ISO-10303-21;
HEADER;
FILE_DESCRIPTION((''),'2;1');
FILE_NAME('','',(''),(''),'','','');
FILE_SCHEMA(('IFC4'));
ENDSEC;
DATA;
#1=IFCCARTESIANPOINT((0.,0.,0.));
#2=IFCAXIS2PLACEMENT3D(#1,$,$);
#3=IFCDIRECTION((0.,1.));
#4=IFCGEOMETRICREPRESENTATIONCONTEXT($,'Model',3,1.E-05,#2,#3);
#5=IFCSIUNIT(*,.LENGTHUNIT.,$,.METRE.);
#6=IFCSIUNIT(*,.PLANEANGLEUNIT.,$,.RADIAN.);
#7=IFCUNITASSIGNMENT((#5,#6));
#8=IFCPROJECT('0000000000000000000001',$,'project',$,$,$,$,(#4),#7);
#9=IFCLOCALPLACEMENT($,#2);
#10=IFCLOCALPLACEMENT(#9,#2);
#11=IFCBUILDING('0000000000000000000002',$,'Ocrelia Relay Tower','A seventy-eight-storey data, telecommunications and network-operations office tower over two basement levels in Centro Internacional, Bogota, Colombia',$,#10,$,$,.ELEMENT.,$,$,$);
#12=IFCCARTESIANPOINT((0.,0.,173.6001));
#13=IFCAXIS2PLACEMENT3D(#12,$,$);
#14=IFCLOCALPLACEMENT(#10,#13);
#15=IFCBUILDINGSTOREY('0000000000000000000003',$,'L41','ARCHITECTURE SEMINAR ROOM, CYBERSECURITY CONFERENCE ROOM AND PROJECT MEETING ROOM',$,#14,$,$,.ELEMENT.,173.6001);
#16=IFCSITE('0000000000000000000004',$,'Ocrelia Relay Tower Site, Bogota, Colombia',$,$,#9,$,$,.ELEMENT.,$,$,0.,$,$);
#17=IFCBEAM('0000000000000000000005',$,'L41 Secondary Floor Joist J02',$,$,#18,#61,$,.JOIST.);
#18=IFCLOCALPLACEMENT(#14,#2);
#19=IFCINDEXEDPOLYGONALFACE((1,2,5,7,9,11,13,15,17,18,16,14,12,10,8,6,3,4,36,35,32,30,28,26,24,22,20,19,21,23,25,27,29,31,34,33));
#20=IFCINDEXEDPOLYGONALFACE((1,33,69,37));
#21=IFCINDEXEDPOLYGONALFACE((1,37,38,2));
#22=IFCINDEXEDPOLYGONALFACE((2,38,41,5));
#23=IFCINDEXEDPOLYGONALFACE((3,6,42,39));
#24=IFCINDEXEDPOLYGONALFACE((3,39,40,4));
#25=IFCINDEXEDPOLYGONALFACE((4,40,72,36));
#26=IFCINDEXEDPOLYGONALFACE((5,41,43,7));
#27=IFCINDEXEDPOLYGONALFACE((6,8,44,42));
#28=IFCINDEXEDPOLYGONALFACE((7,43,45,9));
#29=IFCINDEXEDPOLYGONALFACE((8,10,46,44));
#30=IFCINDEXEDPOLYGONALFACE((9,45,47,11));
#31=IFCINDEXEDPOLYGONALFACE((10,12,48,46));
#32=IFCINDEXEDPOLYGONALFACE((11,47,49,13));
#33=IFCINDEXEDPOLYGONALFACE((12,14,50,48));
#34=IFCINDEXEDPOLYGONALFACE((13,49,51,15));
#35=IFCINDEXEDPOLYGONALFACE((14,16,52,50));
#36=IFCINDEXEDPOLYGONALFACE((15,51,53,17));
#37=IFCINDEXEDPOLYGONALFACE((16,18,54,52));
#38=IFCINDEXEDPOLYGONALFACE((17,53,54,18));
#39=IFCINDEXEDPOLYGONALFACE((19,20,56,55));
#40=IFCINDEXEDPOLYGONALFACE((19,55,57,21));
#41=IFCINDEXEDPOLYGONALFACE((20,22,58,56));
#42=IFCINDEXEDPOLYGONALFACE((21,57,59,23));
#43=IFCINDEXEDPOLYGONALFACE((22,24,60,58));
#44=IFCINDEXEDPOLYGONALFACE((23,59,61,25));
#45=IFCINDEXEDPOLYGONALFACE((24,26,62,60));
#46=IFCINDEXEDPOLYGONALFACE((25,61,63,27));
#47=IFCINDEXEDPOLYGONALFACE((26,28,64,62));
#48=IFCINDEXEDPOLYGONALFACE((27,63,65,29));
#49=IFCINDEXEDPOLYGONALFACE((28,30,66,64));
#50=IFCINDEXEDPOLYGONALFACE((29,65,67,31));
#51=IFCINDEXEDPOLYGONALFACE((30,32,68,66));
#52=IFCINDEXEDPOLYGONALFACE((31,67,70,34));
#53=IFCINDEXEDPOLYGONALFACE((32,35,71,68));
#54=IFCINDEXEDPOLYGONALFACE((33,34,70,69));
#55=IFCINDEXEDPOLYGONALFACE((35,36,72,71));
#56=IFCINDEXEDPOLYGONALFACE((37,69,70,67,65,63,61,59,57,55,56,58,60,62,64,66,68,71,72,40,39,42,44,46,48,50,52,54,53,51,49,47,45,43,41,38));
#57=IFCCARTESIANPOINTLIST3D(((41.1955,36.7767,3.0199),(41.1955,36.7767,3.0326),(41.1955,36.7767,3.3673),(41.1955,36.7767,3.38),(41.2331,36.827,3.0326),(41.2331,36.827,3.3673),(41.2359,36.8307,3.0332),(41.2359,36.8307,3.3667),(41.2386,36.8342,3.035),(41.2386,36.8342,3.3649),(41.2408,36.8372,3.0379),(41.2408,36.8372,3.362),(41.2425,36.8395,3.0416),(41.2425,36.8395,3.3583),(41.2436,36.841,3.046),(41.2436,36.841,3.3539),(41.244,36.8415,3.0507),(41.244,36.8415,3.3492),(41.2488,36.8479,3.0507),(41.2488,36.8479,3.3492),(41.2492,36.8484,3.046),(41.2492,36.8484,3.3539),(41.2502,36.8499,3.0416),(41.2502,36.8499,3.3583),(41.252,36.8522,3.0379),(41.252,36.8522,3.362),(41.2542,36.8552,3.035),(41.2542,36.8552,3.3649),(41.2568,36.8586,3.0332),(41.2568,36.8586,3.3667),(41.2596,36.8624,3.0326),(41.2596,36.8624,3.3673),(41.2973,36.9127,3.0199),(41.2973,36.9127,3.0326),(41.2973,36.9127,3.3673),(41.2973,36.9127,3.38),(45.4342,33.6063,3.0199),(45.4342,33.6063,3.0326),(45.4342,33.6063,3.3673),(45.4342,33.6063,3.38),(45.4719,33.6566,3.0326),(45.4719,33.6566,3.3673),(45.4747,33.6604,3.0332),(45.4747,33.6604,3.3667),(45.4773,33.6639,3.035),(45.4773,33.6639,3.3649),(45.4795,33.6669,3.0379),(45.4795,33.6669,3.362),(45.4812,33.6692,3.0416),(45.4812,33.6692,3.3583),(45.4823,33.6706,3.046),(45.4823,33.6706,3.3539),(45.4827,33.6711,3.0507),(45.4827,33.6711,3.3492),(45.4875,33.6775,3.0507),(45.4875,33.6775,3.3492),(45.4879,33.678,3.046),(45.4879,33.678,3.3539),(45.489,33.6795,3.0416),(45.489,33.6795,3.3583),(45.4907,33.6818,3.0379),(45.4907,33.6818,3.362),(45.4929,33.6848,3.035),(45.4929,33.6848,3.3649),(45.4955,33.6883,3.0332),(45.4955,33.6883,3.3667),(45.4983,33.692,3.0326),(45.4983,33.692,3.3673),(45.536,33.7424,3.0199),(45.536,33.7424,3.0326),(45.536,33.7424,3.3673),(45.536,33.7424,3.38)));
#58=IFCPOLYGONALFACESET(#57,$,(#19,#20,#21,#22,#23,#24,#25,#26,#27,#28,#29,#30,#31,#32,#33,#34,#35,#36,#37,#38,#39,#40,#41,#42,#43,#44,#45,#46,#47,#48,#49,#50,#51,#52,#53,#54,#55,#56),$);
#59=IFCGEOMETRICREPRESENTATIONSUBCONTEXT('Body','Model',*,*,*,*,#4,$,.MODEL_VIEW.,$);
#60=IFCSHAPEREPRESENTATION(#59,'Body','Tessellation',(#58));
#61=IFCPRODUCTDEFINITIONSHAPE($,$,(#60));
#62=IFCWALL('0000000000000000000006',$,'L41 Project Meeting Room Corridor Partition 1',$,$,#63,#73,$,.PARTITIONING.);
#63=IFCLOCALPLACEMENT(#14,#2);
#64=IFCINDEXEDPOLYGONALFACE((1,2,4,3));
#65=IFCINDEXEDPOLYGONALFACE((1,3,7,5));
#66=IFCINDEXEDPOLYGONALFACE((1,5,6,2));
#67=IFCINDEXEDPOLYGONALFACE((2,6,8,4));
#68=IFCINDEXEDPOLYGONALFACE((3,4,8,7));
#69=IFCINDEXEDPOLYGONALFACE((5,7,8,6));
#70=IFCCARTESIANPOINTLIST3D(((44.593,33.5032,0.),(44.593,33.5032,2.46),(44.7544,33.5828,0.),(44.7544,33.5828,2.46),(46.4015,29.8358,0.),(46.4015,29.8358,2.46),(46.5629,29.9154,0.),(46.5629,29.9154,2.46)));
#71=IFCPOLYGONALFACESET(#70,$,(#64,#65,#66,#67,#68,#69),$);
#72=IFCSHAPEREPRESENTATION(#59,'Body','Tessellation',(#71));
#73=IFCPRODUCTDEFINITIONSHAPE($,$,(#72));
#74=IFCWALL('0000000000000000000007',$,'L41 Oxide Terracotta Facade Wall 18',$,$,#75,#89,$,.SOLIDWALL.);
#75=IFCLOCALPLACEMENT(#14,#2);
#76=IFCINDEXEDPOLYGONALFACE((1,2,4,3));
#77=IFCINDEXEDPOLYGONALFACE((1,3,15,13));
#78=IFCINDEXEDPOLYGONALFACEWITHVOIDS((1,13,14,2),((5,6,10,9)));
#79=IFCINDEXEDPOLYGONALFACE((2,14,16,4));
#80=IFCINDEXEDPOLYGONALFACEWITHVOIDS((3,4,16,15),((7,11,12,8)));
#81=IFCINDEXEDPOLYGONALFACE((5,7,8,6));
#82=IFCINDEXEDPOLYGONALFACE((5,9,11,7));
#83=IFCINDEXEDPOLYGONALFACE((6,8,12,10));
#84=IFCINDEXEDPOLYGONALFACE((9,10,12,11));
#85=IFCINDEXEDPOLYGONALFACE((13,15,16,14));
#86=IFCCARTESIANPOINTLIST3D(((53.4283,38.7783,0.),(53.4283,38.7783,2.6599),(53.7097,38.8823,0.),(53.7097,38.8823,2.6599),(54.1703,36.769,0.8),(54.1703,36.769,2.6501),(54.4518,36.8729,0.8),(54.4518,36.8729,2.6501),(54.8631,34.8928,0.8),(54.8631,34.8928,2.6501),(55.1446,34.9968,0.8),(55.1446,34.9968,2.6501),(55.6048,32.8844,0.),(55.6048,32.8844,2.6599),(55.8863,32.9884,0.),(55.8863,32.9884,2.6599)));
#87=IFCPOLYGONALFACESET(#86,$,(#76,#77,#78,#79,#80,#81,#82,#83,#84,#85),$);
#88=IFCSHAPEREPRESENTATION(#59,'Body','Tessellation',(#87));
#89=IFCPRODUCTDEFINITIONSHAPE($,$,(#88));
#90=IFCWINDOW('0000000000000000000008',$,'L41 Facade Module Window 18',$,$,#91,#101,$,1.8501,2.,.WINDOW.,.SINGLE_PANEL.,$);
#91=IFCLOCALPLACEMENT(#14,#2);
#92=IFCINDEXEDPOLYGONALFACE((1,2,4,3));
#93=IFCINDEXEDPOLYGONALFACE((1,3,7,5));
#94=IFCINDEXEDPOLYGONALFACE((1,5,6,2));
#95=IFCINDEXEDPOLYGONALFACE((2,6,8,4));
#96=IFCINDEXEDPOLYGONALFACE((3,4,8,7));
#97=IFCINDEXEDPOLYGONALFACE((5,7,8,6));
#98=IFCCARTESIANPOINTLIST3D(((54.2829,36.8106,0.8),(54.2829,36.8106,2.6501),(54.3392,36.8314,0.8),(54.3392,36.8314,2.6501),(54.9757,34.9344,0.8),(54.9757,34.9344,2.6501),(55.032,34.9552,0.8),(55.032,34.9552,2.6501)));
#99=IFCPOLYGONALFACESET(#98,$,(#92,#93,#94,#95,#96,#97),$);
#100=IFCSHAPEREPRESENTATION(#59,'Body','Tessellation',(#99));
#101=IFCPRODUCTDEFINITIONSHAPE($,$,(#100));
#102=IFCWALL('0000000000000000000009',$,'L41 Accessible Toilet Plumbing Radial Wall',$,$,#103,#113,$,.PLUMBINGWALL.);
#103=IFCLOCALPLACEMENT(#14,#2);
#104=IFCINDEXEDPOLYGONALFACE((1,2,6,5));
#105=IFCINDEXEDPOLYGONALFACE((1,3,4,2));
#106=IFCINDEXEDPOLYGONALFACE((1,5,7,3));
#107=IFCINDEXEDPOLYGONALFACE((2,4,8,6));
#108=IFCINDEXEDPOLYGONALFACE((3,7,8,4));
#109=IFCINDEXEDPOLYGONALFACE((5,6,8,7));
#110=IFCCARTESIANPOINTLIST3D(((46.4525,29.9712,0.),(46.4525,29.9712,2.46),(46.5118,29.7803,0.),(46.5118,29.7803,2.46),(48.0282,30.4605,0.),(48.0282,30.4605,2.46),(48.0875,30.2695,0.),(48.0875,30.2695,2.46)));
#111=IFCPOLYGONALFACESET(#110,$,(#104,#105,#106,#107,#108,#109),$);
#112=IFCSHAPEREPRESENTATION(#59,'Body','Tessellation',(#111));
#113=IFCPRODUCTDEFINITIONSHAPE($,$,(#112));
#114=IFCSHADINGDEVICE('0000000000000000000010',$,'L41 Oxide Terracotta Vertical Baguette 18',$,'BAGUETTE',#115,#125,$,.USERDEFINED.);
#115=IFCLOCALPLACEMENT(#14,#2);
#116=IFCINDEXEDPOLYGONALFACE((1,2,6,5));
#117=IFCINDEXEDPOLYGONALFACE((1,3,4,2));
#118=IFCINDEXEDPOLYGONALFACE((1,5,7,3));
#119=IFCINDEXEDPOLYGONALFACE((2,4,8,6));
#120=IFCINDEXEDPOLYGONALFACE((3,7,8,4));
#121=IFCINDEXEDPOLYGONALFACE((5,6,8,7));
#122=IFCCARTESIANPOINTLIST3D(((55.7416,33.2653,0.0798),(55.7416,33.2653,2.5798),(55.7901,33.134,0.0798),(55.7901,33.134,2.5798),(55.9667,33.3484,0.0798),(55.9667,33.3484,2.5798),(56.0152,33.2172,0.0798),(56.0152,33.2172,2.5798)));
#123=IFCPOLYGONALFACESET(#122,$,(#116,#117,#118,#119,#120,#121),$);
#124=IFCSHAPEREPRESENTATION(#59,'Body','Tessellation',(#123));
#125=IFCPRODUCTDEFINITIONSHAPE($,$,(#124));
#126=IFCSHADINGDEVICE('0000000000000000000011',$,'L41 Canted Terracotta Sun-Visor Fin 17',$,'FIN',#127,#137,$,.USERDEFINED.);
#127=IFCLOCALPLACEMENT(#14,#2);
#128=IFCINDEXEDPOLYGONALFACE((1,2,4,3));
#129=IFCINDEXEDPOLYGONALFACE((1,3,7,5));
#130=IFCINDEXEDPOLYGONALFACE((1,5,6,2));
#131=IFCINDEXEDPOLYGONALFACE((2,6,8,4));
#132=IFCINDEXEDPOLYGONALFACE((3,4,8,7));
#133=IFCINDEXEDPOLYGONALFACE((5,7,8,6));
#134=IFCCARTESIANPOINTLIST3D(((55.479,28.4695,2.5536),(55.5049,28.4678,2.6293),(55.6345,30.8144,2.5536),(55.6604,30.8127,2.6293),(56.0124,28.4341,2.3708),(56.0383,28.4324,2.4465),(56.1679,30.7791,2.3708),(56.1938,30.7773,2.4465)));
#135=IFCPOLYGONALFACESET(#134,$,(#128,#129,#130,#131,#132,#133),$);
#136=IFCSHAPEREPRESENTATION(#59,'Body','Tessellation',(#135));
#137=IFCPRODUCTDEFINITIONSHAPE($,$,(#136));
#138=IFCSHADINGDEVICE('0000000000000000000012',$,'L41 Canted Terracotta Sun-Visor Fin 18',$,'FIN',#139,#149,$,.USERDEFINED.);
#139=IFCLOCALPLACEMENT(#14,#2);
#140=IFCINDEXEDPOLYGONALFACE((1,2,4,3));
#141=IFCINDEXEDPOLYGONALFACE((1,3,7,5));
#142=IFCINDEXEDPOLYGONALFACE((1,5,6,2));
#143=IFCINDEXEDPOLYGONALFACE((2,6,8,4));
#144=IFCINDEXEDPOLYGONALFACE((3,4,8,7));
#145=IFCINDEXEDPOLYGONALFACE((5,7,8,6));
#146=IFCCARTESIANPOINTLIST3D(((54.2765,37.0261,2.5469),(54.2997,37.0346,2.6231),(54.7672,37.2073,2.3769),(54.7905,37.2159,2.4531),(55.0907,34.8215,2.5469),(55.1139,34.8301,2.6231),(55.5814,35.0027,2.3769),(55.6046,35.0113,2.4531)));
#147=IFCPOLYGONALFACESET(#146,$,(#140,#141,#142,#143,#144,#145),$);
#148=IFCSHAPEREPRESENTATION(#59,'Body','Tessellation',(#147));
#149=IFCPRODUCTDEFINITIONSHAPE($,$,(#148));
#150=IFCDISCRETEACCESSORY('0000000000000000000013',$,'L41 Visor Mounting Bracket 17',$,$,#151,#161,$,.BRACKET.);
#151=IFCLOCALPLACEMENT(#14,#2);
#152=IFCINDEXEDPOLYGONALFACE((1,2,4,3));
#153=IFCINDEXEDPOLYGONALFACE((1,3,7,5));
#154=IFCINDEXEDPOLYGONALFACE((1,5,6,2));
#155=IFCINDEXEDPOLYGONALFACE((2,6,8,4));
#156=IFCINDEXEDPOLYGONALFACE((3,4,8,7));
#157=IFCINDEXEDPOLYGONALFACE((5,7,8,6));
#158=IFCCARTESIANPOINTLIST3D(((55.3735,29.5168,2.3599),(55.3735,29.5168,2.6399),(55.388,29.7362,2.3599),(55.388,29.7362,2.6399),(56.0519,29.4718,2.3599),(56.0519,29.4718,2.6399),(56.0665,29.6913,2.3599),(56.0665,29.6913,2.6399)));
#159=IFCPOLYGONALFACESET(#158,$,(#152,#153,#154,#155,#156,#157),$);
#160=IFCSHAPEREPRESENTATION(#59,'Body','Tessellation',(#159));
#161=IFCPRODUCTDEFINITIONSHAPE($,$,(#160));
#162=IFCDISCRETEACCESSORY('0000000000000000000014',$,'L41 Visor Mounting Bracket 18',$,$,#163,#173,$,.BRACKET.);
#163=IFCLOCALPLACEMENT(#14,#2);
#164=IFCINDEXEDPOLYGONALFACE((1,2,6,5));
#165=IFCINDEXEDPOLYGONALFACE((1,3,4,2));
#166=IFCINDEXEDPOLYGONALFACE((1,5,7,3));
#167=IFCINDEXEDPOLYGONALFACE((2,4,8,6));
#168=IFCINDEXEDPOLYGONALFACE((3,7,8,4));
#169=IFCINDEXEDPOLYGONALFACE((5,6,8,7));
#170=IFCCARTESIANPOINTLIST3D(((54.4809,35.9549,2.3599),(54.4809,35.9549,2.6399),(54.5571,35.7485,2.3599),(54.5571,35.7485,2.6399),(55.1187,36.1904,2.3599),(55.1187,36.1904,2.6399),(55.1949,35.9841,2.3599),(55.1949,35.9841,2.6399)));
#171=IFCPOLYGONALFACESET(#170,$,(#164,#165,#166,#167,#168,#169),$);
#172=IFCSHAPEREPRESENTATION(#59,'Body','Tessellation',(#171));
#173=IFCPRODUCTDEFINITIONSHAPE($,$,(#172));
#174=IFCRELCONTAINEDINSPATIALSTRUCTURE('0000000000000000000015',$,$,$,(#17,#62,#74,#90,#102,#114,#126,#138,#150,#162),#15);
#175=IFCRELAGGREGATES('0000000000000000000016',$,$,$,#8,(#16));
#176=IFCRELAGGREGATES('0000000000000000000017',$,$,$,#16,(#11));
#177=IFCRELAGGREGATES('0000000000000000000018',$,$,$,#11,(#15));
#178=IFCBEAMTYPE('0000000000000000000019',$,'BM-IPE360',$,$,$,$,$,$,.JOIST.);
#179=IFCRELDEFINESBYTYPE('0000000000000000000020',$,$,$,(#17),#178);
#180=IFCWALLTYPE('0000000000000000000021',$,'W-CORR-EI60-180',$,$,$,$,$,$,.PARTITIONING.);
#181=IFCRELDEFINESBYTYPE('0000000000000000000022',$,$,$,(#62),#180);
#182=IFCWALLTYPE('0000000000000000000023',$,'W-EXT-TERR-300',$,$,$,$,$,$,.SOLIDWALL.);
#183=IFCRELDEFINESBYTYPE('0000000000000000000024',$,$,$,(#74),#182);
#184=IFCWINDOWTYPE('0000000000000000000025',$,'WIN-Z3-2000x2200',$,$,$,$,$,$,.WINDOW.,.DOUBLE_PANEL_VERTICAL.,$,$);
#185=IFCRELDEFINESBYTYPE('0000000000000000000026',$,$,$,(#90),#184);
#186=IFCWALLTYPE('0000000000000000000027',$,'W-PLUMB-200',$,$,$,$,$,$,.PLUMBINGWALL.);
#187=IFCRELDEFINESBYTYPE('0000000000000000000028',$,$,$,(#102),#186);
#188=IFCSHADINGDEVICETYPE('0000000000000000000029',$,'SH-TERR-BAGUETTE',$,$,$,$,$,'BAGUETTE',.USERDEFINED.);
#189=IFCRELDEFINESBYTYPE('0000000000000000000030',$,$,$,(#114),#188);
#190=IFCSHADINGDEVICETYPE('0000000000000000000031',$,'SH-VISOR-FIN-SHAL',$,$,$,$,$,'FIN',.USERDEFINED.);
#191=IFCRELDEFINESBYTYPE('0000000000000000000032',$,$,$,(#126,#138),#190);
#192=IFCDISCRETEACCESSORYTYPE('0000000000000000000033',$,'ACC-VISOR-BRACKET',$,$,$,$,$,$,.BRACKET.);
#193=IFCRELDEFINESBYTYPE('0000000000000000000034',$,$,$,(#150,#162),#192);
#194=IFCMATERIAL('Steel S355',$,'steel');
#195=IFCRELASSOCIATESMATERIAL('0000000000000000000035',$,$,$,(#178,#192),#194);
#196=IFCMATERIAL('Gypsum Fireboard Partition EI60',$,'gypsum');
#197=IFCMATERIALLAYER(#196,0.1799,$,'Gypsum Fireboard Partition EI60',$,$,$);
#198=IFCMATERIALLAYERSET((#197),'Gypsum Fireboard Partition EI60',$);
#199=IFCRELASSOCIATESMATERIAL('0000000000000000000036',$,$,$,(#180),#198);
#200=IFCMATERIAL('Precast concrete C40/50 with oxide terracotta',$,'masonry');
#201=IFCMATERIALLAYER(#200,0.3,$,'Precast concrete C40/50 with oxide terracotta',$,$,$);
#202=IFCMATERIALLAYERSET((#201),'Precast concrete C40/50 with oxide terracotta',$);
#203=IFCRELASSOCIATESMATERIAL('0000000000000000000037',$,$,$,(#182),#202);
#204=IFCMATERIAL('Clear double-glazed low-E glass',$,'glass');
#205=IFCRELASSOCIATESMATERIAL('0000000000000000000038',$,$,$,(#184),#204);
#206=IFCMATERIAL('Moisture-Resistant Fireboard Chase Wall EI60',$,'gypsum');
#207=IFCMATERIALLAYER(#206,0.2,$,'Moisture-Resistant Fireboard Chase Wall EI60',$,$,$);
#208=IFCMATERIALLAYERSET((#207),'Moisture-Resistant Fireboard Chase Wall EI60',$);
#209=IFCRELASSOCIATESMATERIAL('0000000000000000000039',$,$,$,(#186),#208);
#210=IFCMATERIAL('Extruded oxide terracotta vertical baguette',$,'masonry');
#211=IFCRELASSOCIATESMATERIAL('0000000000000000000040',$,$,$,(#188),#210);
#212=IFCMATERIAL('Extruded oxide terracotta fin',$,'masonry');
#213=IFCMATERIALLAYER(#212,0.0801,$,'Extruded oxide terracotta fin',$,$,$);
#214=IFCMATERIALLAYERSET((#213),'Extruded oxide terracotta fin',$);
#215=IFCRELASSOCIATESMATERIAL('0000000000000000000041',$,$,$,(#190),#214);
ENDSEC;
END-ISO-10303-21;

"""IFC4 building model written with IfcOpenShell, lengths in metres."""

from ifc_helpers import new_model, si_unit, direction, frame, frame_2d, origin, origin_2d, place, context, subcontext, project, spatial, rectangle, i_section, extrude, material, layer, layer_set, material_profile, profile_set, type_object, element, fill, save


model = new_model("IFC4")

# Units and contexts
model_context = context("Model", 3, precision=1e-05, world=origin(), true_north=direction((0.0, 1.0)))
body_context = subcontext(model_context, "Body", "Model", "MODEL_VIEW")
ifc_project = project(units=[si_unit("LENGTHUNIT", "METRE"), si_unit("PLANEANGLEUNIT", "RADIAN")], contexts=[model_context])

# Site, building, storey
site_placement = place(None, origin())
site = spatial("IfcSite", under=ifc_project, at=site_placement, Name="Ocrelia Relay Tower Site, Bogota, Colombia", CompositionType="ELEMENT", RefElevation=0.0)
building_placement = place(site_placement, origin())
building = spatial("IfcBuilding", under=site, at=building_placement, Name="Ocrelia Relay Tower", Description="A seventy-eight-storey data, telecommunications and network-operations office tower over two basement levels in Centro Internacional, Bogota, Colombia", CompositionType="ELEMENT")
storey_placement = place(building_placement, frame((0.0, 0.0, 173.6001)))
storey = spatial("IfcBuildingStorey", under=building, at=storey_placement, Name="L41", Description="ARCHITECTURE SEMINAR ROOM, CYBERSECURITY CONFERENCE ROOM AND PROJECT MEETING ROOM", CompositionType="ELEMENT", Elevation=173.6001)

# Beam
ifc_material_1 = material(Name="Steel S355", Category="steel")
ifc_material_profile_1 = material_profile(ifc_material_1, i_section(OverallWidth=0.1699, OverallDepth=0.3601, WebThickness=0.0081, FlangeThickness=0.0127, FilletRadius=0.0181, at=origin_2d()), Name="IPE 360")
ifc_profile_set_1 = profile_set([ifc_material_profile_1], Name="Steel S355")
beam_type_1 = type_object("IfcBeamType", Name="BM-IPE360", PredefinedType="JOIST", material=ifc_profile_set_1)
beam_1_placement = place(storey_placement, frame((45.4851, 33.6743, 3.2), z_axis=(-0.800785, 0.598952, 0.0), x_axis=(-0.598952, -0.800785, 0.0)))
element("IfcBeam", 1, at=beam_1_placement, inside=storey, type_object=beam_type_1, Name="L41 Secondary Floor Joist J02", PredefinedType="JOIST", context=body_context, shape_type="SweptSolid", body=[
    extrude(i_section(OverallWidth=0.1699, OverallDepth=0.3601, WebThickness=0.0081, FlangeThickness=0.0127, FilletRadius=0.0181, at=origin_2d()), origin(), (0.0, 0.0, 1.0), 5.2932),
])

# Wall
ifc_material_2 = material(Name="Gypsum Fireboard Partition EI60", Category="gypsum")
ifc_layer_1 = layer(ifc_material_2, 0.1799, Name="Gypsum Fireboard Partition EI60")
ifc_layer_set_1 = layer_set([ifc_layer_1], Name="Gypsum Fireboard Partition EI60")
wall_type_1 = type_object("IfcWallType", Name="W-CORR-EI60-180", PredefinedType="PARTITIONING", material=ifc_layer_set_1)
wall_1_placement = place(storey_placement, frame((46.4822, 29.8757, 0.0), z_axis=(0.0, 0.0, 1.0), x_axis=(-0.442287, 0.896873, 0.0)))
element("IfcWall", 2, at=wall_1_placement, inside=storey, type_object=wall_type_1, Name="L41 Project Meeting Room Corridor Partition 1", PredefinedType="PARTITIONING", context=body_context, shape_type="SweptSolid", body=[
    extrude(rectangle(XDim=4.0891, YDim=0.1799, at=frame_2d((2.0444, 0.0))), origin(), (0.0, 0.0, 1.0), 2.46),
])

# Wall, opening, window
ifc_material_3 = material(Name="Precast concrete C40/50 with oxide terracotta", Category="masonry")
ifc_layer_2 = layer(ifc_material_3, 0.3, Name="Precast concrete C40/50 with oxide terracotta")
ifc_layer_set_2 = layer_set([ifc_layer_2], Name="Precast concrete C40/50 with oxide terracotta")
wall_type_2 = type_object("IfcWallType", Name="W-EXT-TERR-300", PredefinedType="SOLIDWALL", material=ifc_layer_set_2)
wall_2_placement = place(storey_placement, frame((55.7456, 32.9363, 0.0), z_axis=(0.0, 0.0, 1.0), x_axis=(-0.346422, 0.938079, 0.0)))
wall_2 = element("IfcWall", 3, at=wall_2_placement, inside=storey, type_object=wall_type_2, Name="L41 Oxide Terracotta Facade Wall 18", PredefinedType="SOLIDWALL", context=body_context, shape_type="SweptSolid", body=[
    extrude(rectangle(XDim=6.283, YDim=0.3, at=frame_2d((3.1416, 0.0))), origin(), (0.0, 0.0, 1.0), 2.6599),
])
opening_1_placement = place(wall_2_placement, frame((2.1411, 0.0, 0.8)))
opening_1 = element("IfcOpeningElement", 4, at=opening_1_placement, cuts=wall_2, PredefinedType="OPENING", context=body_context, shape_type="SweptSolid", body=[
    extrude(rectangle(XDim=2.0, YDim=1.8501, at=frame_2d((1.0, 0.925))), frame((0.0, 0.1602, 0.0), z_axis=(0.0, -1.0, 0.0), x_axis=(1.0, 0.0, 0.0)), (0.0, 0.0, 1.0), 0.3201),
])
ifc_material_4 = material(Name="Clear double-glazed low-E glass", Category="glass")
window_type = type_object("IfcWindowType", Name="WIN-Z3-2000x2200", PartitioningType="DOUBLE_PANEL_VERTICAL", PredefinedType="WINDOW", material=ifc_material_4)
window_placement = place(opening_1_placement, origin())
window = element("IfcWindow", 5, at=window_placement, inside=storey, type_object=window_type, Name="L41 Facade Module Window 18", OverallHeight=1.8501, OverallWidth=2.0, PartitioningType="SINGLE_PANEL", PredefinedType="WINDOW", context=body_context, shape_type="SweptSolid", body=[
    extrude(rectangle(XDim=2.0, YDim=1.8501, at=frame_2d((1.0, 0.925))), frame((0.0, 0.03, 0.0), z_axis=(0.0, -1.0, 0.0), x_axis=(1.0, 0.0, 0.0)), (0.0, 0.0, 1.0), 0.0601),
])
fill(opening_1, window)

# Wall
ifc_material_5 = material(Name="Moisture-Resistant Fireboard Chase Wall EI60", Category="gypsum")
ifc_layer_3 = layer(ifc_material_5, 0.2, Name="Moisture-Resistant Fireboard Chase Wall EI60")
ifc_layer_set_3 = layer_set([ifc_layer_3], Name="Moisture-Resistant Fireboard Chase Wall EI60")
wall_type_3 = type_object("IfcWallType", Name="W-PLUMB-200", PredefinedType="PLUMBINGWALL", material=ifc_layer_set_3)
wall_3_placement = place(storey_placement, frame((46.4822, 29.8757, 0.0), z_axis=(0.0, 0.0, 1.0), x_axis=(0.955021, 0.296539, 0.0)))
element("IfcWall", 6, at=wall_3_placement, inside=storey, type_object=wall_type_3, Name="L41 Accessible Toilet Plumbing Radial Wall", PredefinedType="PLUMBINGWALL", context=body_context, shape_type="SweptSolid", body=[
    extrude(rectangle(XDim=1.6499, YDim=0.2, at=frame_2d((0.825, 0.0))), origin(), (0.0, 0.0, 1.0), 2.46),
])

# Shading devices
ifc_material_6 = material(Name="Extruded oxide terracotta vertical baguette", Category="masonry")
shading_device_type_1 = type_object("IfcShadingDeviceType", Name="SH-TERR-BAGUETTE", ElementType="BAGUETTE", PredefinedType="USERDEFINED", material=ifc_material_6)
shading_device_1_placement = place(storey_placement, frame((55.8784, 33.2412, 0.0798), z_axis=(0.0, 0.0, 1.0), x_axis=(-0.346439, 0.938072, 0.0)))
element("IfcShadingDevice", 7, at=shading_device_1_placement, inside=storey, type_object=shading_device_type_1, Name="L41 Oxide Terracotta Vertical Baguette 18", ObjectType="BAGUETTE", PredefinedType="USERDEFINED", context=body_context, shape_type="SweptSolid", body=[
    extrude(rectangle(XDim=0.1399, YDim=0.24, at=origin_2d()), origin(), (0.0, 0.0, 1.0), 2.5),
])
ifc_material_7 = material(Name="Extruded oxide terracotta fin", Category="masonry")
ifc_layer_4 = layer(ifc_material_7, 0.0801, Name="Extruded oxide terracotta fin")
ifc_layer_set_4 = layer_set([ifc_layer_4], Name="Extruded oxide terracotta fin")
shading_device_type_2 = type_object("IfcShadingDeviceType", Name="SH-VISOR-FIN-SHAL", ElementType="FIN", PredefinedType="USERDEFINED", material=ifc_layer_set_4)
shading_device_2_placement = place(storey_placement, frame((55.8235, 29.6243, 2.4622), z_axis=(0.322878, -0.021411, 0.946198), x_axis=(0.066168, 0.997809, 0.0)))
element("IfcShadingDevice", 8, at=shading_device_2_placement, inside=storey, type_object=shading_device_type_2, Name="L41 Canted Terracotta Sun-Visor Fin 17", ObjectType="FIN", PredefinedType="USERDEFINED", context=body_context, shape_type="SweptSolid", body=[
    extrude(rectangle(XDim=2.3501, YDim=0.5649, at=origin_2d()), origin(), (0.0, 0.0, 1.0), 0.0801),
])
shading_device_3_placement = place(storey_placement, frame((54.929, 36.0144, 2.4619), z_axis=(0.28988, 0.107056, 0.951057), x_axis=(-0.346439, 0.938072, 0.0)))
element("IfcShadingDevice", 9, at=shading_device_3_placement, inside=storey, type_object=shading_device_type_2, Name="L41 Canted Terracotta Sun-Visor Fin 18", ObjectType="FIN", PredefinedType="USERDEFINED", context=body_context, shape_type="SweptSolid", body=[
    extrude(rectangle(XDim=2.3501, YDim=0.55, at=origin_2d()), origin(), (0.0, 0.0, 1.0), 0.0801),
])

# Discrete accessories
discrete_accessory_type = type_object("IfcDiscreteAccessoryType", Name="ACC-VISOR-BRACKET", PredefinedType="BRACKET", material=ifc_material_1)
for number, where, z_axis, x_axis, name in (
    (10, (55.72, 29.604, 2.3599), (0.0, 0.0, 1.0), (0.066168, 0.997809, 0.0), "L41 Visor Mounting Bracket 17"),
    (11, (54.8379, 35.9695, 2.3599), (0.0, 0.0, 1.0), (-0.346439, 0.938072, 0.0), "L41 Visor Mounting Bracket 18"),
):
    element("IfcDiscreteAccessory", number, at=place(storey_placement, frame(where, z_axis=z_axis, x_axis=x_axis)), inside=storey, type_object=discrete_accessory_type, Name=name, PredefinedType="BRACKET", context=body_context, shape_type="SweptSolid", body=[
        extrude(rectangle(XDim=0.22, YDim=0.6799, at=origin_2d()), origin(), (0.0, 0.0, 1.0), 0.28),
    ])

save(model, "model.ifc")
